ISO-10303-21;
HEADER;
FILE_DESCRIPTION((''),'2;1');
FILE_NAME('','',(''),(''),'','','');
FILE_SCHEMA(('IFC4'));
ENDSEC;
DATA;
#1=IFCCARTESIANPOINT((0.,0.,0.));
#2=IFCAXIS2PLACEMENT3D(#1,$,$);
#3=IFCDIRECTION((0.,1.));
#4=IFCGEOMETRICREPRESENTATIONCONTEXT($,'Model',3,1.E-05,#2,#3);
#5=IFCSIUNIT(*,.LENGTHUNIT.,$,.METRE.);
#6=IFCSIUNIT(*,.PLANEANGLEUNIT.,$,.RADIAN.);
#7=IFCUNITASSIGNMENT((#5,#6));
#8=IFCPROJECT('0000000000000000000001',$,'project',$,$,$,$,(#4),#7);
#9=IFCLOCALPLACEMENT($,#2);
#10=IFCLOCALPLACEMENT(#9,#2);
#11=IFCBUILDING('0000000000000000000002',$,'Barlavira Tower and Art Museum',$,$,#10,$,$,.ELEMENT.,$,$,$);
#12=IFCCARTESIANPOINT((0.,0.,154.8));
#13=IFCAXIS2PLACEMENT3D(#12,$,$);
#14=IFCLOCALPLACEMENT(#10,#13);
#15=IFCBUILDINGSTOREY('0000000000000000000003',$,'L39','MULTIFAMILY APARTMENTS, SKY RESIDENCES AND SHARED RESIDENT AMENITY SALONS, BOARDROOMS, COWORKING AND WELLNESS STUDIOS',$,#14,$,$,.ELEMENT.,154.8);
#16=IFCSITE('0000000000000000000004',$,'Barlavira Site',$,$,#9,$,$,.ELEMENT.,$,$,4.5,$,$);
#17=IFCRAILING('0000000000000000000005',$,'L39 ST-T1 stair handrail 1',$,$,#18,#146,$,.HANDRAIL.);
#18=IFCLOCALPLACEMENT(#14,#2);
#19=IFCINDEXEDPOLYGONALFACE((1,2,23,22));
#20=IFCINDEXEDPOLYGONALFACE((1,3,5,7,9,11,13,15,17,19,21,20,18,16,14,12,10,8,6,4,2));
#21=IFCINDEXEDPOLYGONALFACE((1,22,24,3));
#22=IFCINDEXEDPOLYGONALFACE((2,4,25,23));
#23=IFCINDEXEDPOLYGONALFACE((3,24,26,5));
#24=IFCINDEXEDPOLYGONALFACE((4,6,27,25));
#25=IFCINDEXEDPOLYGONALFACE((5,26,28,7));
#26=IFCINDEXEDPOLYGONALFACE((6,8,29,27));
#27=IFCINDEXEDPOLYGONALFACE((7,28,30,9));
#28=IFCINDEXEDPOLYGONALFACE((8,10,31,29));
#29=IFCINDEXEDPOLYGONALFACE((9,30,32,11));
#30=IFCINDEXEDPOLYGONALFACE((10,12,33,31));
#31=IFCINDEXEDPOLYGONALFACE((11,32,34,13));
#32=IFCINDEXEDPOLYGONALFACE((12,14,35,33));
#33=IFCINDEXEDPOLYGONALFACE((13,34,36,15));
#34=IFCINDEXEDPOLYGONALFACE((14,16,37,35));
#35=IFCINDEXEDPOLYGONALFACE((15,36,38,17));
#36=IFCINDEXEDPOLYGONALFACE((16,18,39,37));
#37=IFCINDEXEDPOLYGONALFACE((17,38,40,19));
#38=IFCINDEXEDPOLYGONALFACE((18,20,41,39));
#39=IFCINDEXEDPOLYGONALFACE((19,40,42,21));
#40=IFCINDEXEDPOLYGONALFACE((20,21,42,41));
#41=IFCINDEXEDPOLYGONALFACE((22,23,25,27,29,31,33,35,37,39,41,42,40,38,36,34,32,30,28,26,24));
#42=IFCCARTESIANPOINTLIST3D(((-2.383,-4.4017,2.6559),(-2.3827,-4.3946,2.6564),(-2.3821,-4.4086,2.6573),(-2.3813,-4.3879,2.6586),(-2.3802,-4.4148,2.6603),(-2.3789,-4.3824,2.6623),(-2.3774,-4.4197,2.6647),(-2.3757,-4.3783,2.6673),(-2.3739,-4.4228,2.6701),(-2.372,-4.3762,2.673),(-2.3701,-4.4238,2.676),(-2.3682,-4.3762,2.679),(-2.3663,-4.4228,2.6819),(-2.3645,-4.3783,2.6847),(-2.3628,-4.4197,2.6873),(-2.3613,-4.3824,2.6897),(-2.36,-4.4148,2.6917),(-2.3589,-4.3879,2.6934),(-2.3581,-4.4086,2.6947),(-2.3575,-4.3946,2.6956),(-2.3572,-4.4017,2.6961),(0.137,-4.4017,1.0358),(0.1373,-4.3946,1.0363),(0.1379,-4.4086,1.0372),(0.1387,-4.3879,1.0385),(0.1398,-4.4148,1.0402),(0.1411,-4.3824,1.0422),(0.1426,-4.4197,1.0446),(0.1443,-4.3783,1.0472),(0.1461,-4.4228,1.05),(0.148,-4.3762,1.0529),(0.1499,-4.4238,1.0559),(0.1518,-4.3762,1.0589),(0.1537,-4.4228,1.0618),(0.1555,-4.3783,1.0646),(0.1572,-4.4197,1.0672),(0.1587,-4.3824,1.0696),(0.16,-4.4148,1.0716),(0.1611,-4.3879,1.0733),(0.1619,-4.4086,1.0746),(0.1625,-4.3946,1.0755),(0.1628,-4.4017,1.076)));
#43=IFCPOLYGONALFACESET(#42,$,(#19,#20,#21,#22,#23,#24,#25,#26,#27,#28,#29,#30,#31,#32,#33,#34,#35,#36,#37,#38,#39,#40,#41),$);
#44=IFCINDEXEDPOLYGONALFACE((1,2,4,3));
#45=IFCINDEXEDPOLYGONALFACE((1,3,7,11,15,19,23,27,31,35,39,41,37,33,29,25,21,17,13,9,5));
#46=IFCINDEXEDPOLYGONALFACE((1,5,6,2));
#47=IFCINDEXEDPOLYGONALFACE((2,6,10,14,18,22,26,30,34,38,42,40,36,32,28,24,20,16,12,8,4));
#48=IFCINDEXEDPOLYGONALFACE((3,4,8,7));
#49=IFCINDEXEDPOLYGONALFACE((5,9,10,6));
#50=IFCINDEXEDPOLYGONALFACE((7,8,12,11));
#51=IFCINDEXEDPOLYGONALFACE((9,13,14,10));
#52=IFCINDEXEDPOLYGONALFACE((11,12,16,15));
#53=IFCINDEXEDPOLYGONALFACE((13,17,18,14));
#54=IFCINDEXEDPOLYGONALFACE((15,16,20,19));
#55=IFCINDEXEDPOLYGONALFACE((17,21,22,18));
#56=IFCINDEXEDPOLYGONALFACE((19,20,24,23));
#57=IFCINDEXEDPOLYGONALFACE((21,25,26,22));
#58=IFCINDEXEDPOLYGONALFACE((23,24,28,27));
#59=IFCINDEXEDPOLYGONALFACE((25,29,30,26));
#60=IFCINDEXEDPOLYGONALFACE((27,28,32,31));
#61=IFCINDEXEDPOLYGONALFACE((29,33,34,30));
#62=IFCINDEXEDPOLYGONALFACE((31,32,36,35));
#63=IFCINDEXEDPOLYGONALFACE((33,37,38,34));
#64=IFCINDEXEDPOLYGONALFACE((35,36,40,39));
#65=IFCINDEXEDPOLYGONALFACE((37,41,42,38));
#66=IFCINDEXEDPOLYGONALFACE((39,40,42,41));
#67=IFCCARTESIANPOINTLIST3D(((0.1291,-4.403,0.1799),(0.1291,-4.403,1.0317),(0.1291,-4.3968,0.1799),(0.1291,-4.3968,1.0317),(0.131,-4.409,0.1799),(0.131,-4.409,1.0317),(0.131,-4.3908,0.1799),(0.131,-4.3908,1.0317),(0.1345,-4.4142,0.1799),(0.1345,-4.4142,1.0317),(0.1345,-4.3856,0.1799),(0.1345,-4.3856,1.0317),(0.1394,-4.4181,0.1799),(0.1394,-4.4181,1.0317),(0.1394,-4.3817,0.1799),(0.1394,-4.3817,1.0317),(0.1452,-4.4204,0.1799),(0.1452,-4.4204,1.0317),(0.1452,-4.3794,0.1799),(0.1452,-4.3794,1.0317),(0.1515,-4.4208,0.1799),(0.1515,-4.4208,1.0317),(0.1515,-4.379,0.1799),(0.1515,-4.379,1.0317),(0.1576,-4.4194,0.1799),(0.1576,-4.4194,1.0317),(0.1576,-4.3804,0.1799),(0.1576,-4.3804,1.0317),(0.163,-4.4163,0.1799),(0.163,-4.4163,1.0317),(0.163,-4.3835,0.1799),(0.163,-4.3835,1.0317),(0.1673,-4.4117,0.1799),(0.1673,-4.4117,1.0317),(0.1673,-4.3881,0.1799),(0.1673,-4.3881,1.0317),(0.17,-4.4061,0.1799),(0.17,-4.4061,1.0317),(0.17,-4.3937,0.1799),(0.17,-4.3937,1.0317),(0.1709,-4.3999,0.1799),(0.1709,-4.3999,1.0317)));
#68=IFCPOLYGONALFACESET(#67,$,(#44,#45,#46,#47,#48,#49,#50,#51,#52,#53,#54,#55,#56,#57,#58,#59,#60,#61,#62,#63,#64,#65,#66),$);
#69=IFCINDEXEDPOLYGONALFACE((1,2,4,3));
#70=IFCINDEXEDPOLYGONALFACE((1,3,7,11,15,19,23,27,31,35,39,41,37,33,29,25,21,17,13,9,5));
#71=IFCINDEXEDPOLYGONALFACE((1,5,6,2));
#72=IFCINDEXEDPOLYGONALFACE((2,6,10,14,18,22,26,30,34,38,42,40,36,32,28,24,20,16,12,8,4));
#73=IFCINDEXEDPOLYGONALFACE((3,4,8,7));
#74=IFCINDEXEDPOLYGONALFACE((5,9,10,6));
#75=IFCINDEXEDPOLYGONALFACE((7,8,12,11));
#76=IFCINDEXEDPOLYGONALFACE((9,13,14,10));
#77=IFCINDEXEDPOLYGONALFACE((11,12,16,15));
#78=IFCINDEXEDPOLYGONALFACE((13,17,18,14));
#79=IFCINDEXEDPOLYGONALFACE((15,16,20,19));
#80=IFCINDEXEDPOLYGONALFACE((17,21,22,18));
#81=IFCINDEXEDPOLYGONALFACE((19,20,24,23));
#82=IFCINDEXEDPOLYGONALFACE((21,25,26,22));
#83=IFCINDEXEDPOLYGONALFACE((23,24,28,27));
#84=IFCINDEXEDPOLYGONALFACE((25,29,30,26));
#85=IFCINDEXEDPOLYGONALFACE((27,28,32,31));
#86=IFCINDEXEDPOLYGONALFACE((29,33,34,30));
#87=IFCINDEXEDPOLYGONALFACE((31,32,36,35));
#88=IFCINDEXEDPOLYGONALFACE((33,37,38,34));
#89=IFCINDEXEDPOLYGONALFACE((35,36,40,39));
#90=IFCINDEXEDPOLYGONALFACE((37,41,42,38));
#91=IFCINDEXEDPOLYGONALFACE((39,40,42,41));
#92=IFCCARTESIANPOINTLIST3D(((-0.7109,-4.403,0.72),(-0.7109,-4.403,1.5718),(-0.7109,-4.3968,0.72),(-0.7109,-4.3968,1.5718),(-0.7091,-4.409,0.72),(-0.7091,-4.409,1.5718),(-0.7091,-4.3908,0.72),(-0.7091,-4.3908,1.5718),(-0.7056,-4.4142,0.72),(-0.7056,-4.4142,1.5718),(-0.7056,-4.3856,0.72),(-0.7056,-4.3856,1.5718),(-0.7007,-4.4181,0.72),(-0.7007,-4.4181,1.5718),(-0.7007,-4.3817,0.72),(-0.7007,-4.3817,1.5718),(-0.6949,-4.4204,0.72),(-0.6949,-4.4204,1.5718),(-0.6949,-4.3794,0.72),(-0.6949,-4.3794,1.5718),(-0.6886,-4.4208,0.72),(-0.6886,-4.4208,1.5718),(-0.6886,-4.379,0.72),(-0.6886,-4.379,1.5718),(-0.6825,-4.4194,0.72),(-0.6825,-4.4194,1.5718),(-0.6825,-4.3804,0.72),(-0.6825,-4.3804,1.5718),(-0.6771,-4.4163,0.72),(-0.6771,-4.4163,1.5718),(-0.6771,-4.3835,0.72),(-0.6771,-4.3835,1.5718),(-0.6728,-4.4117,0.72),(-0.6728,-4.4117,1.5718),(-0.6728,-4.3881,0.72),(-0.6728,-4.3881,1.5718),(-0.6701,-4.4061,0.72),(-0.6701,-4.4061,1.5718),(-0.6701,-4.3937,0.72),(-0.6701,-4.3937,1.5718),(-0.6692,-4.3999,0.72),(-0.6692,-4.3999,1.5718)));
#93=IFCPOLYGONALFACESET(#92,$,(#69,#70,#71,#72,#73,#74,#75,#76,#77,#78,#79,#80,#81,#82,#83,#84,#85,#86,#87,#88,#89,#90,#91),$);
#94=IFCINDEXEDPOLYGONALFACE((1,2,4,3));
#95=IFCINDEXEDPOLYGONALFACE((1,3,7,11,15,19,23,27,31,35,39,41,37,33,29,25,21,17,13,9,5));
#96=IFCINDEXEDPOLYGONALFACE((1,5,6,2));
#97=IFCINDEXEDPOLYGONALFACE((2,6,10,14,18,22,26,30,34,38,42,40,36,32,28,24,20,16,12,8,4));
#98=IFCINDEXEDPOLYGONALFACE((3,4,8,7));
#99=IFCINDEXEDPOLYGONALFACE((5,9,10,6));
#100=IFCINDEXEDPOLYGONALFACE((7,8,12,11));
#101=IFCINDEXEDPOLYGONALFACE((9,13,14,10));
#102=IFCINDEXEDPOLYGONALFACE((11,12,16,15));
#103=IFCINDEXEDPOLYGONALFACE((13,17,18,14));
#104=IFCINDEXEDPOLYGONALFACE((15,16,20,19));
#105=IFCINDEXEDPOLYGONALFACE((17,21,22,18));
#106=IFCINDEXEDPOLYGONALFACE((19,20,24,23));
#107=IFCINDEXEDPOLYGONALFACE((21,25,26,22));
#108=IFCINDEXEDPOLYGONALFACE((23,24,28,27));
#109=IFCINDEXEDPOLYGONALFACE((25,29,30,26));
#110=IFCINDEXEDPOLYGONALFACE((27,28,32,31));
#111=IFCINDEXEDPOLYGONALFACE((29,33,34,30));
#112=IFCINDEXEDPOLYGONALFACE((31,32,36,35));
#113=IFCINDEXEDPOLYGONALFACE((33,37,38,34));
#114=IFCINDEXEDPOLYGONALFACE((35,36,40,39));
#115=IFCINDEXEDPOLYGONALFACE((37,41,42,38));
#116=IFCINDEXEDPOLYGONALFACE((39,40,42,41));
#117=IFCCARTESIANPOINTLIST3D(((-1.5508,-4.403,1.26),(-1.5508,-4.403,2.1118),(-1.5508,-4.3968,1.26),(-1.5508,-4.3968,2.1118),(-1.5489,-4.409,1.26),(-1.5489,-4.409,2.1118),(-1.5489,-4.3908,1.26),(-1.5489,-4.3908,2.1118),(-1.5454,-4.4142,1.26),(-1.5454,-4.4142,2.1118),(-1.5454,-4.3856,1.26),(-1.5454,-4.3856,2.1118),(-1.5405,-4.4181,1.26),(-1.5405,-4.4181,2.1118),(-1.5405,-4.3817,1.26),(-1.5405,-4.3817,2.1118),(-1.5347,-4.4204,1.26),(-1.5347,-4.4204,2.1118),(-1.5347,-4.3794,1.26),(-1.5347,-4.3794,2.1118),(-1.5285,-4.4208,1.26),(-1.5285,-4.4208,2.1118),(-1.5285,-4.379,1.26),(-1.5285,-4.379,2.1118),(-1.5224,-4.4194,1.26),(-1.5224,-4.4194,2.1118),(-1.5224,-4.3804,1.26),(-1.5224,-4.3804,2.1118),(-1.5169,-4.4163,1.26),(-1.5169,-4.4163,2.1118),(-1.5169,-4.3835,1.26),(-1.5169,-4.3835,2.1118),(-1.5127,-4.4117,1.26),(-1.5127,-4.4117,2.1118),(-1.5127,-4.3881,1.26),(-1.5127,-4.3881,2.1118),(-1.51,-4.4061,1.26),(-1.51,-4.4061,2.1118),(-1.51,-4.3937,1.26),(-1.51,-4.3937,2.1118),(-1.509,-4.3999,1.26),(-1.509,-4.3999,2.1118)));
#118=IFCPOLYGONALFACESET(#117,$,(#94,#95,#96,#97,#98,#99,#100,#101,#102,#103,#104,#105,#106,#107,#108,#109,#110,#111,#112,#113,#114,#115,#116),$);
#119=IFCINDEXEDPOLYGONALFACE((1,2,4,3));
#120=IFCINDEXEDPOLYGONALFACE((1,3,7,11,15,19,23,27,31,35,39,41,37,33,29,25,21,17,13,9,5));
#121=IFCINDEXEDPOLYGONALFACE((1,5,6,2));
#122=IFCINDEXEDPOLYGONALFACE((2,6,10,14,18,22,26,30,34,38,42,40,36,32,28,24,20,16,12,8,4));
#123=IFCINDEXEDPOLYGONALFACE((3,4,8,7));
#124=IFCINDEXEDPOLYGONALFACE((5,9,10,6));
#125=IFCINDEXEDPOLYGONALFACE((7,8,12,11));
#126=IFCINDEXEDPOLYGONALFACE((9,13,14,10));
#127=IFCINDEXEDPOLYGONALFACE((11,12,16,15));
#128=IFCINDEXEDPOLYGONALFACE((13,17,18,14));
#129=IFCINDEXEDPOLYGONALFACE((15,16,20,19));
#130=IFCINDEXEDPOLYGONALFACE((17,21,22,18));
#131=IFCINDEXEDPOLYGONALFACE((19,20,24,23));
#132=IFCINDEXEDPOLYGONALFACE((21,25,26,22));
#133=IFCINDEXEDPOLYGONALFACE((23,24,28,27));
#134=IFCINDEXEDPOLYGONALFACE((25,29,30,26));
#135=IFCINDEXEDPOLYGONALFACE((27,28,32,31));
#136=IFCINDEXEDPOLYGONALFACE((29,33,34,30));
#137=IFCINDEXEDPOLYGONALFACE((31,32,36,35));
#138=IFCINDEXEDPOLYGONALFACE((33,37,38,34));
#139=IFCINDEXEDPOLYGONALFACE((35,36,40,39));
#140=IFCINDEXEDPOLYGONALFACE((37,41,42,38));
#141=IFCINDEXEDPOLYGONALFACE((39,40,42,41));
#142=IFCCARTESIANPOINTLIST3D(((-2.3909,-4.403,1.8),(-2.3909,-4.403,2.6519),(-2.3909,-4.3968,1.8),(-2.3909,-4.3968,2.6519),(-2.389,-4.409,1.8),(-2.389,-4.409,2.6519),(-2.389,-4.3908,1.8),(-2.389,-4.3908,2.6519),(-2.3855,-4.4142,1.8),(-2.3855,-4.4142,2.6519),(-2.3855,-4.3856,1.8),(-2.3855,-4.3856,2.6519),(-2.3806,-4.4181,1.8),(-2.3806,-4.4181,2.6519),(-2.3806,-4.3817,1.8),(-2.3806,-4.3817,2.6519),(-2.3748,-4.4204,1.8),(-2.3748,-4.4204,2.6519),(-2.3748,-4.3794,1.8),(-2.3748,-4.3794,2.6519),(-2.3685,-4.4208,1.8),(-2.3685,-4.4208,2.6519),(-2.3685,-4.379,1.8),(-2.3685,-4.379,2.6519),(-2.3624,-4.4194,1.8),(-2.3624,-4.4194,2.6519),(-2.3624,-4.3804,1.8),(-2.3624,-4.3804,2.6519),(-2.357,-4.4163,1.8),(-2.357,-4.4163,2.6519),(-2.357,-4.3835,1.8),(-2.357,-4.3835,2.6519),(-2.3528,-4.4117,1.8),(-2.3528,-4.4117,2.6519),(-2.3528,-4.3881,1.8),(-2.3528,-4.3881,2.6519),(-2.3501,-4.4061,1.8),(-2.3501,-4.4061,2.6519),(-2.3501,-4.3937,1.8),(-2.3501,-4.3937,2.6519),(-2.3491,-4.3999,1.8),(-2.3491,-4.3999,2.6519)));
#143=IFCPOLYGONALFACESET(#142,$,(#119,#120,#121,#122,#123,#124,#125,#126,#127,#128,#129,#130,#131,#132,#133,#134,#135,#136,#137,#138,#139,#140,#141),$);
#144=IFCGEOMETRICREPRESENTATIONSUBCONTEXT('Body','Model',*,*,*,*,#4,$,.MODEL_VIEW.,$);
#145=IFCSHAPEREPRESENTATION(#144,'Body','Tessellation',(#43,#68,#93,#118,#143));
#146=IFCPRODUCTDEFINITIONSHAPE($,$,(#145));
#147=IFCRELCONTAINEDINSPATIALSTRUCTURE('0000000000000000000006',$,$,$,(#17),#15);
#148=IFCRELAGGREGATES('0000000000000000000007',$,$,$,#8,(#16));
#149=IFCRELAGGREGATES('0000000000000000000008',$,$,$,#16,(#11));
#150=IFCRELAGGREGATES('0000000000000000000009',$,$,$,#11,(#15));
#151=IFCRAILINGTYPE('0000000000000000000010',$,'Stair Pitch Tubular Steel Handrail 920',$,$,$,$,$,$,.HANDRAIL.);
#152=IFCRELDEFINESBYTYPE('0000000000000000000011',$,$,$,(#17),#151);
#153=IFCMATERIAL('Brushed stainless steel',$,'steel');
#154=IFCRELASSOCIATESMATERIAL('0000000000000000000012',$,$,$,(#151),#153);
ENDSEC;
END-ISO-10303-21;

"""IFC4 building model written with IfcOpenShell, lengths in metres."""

from ifc_helpers import new_model, si_unit, direction, frame, origin, origin_2d, place, context, subcontext, project, spatial, circle, extrude, material, type_object, element, save


model = new_model("IFC4")

# Units and contexts
model_context = context("Model", 3, precision=1e-05, world=origin(), true_north=direction((0.0, 1.0)))
body_context = subcontext(model_context, "Body", "Model", "MODEL_VIEW")
ifc_project = project(units=[si_unit("LENGTHUNIT", "METRE"), si_unit("PLANEANGLEUNIT", "RADIAN")], contexts=[model_context])

# Site, building, storey
site_placement = place(None, origin())
site = spatial("IfcSite", under=ifc_project, at=site_placement, Name="Barlavira Site", CompositionType="ELEMENT", RefElevation=4.5)
building_placement = place(site_placement, origin())
building = spatial("IfcBuilding", under=site, at=building_placement, Name="Barlavira Tower and Art Museum", CompositionType="ELEMENT")
storey_placement = place(building_placement, frame((0.0, 0.0, 154.8)))
storey = spatial("IfcBuildingStorey", under=building, at=storey_placement, Name="L39", Description="MULTIFAMILY APARTMENTS, SKY RESIDENCES AND SHARED RESIDENT AMENITY SALONS, BOARDROOMS, COWORKING AND WELLNESS STUDIOS", CompositionType="ELEMENT", Elevation=154.8)

# Shared definitions
ifc_material_1 = material(Name="Brushed stainless steel", Category="steel")

# Railing
railing_type_1 = type_object("IfcRailingType", Name="Stair Pitch Tubular Steel Handrail 920", PredefinedType="HANDRAIL", material=ifc_material_1)
railing_1_placement = place(storey_placement, frame((0.1499, -4.3999, 0.1799)))
element("IfcRailing", 1, at=railing_1_placement, inside=storey, type_object=railing_type_1, Name="L39 ST-T1 stair handrail 1", PredefinedType="HANDRAIL", context=body_context, shape_type="SweptSolid", body=[
    extrude(circle(Radius=0.0239, at=origin_2d()), frame((0.0, 0.0, 0.876), z_axis=(-0.841163, 0.0, 0.540782), x_axis=(0.0, -1.0, 0.0)), (0.0, 0.0, 1.0), 2.9958),
    extrude(circle(Radius=0.021, at=origin_2d()), origin(), (0.0, 0.0, 1.0), 0.8518),
    extrude(circle(Radius=0.021, at=origin_2d()), frame((-0.8401, 0.0, 0.54)), (0.0, 0.0, 1.0), 0.8518),
    extrude(circle(Radius=0.021, at=origin_2d()), frame((-1.6799, 0.0, 1.0801)), (0.0, 0.0, 1.0), 0.8518),
    extrude(circle(Radius=0.021, at=origin_2d()), frame((-2.52, 0.0, 1.6201)), (0.0, 0.0, 1.0), 0.8518),
])

save(model, "model.ifc")
